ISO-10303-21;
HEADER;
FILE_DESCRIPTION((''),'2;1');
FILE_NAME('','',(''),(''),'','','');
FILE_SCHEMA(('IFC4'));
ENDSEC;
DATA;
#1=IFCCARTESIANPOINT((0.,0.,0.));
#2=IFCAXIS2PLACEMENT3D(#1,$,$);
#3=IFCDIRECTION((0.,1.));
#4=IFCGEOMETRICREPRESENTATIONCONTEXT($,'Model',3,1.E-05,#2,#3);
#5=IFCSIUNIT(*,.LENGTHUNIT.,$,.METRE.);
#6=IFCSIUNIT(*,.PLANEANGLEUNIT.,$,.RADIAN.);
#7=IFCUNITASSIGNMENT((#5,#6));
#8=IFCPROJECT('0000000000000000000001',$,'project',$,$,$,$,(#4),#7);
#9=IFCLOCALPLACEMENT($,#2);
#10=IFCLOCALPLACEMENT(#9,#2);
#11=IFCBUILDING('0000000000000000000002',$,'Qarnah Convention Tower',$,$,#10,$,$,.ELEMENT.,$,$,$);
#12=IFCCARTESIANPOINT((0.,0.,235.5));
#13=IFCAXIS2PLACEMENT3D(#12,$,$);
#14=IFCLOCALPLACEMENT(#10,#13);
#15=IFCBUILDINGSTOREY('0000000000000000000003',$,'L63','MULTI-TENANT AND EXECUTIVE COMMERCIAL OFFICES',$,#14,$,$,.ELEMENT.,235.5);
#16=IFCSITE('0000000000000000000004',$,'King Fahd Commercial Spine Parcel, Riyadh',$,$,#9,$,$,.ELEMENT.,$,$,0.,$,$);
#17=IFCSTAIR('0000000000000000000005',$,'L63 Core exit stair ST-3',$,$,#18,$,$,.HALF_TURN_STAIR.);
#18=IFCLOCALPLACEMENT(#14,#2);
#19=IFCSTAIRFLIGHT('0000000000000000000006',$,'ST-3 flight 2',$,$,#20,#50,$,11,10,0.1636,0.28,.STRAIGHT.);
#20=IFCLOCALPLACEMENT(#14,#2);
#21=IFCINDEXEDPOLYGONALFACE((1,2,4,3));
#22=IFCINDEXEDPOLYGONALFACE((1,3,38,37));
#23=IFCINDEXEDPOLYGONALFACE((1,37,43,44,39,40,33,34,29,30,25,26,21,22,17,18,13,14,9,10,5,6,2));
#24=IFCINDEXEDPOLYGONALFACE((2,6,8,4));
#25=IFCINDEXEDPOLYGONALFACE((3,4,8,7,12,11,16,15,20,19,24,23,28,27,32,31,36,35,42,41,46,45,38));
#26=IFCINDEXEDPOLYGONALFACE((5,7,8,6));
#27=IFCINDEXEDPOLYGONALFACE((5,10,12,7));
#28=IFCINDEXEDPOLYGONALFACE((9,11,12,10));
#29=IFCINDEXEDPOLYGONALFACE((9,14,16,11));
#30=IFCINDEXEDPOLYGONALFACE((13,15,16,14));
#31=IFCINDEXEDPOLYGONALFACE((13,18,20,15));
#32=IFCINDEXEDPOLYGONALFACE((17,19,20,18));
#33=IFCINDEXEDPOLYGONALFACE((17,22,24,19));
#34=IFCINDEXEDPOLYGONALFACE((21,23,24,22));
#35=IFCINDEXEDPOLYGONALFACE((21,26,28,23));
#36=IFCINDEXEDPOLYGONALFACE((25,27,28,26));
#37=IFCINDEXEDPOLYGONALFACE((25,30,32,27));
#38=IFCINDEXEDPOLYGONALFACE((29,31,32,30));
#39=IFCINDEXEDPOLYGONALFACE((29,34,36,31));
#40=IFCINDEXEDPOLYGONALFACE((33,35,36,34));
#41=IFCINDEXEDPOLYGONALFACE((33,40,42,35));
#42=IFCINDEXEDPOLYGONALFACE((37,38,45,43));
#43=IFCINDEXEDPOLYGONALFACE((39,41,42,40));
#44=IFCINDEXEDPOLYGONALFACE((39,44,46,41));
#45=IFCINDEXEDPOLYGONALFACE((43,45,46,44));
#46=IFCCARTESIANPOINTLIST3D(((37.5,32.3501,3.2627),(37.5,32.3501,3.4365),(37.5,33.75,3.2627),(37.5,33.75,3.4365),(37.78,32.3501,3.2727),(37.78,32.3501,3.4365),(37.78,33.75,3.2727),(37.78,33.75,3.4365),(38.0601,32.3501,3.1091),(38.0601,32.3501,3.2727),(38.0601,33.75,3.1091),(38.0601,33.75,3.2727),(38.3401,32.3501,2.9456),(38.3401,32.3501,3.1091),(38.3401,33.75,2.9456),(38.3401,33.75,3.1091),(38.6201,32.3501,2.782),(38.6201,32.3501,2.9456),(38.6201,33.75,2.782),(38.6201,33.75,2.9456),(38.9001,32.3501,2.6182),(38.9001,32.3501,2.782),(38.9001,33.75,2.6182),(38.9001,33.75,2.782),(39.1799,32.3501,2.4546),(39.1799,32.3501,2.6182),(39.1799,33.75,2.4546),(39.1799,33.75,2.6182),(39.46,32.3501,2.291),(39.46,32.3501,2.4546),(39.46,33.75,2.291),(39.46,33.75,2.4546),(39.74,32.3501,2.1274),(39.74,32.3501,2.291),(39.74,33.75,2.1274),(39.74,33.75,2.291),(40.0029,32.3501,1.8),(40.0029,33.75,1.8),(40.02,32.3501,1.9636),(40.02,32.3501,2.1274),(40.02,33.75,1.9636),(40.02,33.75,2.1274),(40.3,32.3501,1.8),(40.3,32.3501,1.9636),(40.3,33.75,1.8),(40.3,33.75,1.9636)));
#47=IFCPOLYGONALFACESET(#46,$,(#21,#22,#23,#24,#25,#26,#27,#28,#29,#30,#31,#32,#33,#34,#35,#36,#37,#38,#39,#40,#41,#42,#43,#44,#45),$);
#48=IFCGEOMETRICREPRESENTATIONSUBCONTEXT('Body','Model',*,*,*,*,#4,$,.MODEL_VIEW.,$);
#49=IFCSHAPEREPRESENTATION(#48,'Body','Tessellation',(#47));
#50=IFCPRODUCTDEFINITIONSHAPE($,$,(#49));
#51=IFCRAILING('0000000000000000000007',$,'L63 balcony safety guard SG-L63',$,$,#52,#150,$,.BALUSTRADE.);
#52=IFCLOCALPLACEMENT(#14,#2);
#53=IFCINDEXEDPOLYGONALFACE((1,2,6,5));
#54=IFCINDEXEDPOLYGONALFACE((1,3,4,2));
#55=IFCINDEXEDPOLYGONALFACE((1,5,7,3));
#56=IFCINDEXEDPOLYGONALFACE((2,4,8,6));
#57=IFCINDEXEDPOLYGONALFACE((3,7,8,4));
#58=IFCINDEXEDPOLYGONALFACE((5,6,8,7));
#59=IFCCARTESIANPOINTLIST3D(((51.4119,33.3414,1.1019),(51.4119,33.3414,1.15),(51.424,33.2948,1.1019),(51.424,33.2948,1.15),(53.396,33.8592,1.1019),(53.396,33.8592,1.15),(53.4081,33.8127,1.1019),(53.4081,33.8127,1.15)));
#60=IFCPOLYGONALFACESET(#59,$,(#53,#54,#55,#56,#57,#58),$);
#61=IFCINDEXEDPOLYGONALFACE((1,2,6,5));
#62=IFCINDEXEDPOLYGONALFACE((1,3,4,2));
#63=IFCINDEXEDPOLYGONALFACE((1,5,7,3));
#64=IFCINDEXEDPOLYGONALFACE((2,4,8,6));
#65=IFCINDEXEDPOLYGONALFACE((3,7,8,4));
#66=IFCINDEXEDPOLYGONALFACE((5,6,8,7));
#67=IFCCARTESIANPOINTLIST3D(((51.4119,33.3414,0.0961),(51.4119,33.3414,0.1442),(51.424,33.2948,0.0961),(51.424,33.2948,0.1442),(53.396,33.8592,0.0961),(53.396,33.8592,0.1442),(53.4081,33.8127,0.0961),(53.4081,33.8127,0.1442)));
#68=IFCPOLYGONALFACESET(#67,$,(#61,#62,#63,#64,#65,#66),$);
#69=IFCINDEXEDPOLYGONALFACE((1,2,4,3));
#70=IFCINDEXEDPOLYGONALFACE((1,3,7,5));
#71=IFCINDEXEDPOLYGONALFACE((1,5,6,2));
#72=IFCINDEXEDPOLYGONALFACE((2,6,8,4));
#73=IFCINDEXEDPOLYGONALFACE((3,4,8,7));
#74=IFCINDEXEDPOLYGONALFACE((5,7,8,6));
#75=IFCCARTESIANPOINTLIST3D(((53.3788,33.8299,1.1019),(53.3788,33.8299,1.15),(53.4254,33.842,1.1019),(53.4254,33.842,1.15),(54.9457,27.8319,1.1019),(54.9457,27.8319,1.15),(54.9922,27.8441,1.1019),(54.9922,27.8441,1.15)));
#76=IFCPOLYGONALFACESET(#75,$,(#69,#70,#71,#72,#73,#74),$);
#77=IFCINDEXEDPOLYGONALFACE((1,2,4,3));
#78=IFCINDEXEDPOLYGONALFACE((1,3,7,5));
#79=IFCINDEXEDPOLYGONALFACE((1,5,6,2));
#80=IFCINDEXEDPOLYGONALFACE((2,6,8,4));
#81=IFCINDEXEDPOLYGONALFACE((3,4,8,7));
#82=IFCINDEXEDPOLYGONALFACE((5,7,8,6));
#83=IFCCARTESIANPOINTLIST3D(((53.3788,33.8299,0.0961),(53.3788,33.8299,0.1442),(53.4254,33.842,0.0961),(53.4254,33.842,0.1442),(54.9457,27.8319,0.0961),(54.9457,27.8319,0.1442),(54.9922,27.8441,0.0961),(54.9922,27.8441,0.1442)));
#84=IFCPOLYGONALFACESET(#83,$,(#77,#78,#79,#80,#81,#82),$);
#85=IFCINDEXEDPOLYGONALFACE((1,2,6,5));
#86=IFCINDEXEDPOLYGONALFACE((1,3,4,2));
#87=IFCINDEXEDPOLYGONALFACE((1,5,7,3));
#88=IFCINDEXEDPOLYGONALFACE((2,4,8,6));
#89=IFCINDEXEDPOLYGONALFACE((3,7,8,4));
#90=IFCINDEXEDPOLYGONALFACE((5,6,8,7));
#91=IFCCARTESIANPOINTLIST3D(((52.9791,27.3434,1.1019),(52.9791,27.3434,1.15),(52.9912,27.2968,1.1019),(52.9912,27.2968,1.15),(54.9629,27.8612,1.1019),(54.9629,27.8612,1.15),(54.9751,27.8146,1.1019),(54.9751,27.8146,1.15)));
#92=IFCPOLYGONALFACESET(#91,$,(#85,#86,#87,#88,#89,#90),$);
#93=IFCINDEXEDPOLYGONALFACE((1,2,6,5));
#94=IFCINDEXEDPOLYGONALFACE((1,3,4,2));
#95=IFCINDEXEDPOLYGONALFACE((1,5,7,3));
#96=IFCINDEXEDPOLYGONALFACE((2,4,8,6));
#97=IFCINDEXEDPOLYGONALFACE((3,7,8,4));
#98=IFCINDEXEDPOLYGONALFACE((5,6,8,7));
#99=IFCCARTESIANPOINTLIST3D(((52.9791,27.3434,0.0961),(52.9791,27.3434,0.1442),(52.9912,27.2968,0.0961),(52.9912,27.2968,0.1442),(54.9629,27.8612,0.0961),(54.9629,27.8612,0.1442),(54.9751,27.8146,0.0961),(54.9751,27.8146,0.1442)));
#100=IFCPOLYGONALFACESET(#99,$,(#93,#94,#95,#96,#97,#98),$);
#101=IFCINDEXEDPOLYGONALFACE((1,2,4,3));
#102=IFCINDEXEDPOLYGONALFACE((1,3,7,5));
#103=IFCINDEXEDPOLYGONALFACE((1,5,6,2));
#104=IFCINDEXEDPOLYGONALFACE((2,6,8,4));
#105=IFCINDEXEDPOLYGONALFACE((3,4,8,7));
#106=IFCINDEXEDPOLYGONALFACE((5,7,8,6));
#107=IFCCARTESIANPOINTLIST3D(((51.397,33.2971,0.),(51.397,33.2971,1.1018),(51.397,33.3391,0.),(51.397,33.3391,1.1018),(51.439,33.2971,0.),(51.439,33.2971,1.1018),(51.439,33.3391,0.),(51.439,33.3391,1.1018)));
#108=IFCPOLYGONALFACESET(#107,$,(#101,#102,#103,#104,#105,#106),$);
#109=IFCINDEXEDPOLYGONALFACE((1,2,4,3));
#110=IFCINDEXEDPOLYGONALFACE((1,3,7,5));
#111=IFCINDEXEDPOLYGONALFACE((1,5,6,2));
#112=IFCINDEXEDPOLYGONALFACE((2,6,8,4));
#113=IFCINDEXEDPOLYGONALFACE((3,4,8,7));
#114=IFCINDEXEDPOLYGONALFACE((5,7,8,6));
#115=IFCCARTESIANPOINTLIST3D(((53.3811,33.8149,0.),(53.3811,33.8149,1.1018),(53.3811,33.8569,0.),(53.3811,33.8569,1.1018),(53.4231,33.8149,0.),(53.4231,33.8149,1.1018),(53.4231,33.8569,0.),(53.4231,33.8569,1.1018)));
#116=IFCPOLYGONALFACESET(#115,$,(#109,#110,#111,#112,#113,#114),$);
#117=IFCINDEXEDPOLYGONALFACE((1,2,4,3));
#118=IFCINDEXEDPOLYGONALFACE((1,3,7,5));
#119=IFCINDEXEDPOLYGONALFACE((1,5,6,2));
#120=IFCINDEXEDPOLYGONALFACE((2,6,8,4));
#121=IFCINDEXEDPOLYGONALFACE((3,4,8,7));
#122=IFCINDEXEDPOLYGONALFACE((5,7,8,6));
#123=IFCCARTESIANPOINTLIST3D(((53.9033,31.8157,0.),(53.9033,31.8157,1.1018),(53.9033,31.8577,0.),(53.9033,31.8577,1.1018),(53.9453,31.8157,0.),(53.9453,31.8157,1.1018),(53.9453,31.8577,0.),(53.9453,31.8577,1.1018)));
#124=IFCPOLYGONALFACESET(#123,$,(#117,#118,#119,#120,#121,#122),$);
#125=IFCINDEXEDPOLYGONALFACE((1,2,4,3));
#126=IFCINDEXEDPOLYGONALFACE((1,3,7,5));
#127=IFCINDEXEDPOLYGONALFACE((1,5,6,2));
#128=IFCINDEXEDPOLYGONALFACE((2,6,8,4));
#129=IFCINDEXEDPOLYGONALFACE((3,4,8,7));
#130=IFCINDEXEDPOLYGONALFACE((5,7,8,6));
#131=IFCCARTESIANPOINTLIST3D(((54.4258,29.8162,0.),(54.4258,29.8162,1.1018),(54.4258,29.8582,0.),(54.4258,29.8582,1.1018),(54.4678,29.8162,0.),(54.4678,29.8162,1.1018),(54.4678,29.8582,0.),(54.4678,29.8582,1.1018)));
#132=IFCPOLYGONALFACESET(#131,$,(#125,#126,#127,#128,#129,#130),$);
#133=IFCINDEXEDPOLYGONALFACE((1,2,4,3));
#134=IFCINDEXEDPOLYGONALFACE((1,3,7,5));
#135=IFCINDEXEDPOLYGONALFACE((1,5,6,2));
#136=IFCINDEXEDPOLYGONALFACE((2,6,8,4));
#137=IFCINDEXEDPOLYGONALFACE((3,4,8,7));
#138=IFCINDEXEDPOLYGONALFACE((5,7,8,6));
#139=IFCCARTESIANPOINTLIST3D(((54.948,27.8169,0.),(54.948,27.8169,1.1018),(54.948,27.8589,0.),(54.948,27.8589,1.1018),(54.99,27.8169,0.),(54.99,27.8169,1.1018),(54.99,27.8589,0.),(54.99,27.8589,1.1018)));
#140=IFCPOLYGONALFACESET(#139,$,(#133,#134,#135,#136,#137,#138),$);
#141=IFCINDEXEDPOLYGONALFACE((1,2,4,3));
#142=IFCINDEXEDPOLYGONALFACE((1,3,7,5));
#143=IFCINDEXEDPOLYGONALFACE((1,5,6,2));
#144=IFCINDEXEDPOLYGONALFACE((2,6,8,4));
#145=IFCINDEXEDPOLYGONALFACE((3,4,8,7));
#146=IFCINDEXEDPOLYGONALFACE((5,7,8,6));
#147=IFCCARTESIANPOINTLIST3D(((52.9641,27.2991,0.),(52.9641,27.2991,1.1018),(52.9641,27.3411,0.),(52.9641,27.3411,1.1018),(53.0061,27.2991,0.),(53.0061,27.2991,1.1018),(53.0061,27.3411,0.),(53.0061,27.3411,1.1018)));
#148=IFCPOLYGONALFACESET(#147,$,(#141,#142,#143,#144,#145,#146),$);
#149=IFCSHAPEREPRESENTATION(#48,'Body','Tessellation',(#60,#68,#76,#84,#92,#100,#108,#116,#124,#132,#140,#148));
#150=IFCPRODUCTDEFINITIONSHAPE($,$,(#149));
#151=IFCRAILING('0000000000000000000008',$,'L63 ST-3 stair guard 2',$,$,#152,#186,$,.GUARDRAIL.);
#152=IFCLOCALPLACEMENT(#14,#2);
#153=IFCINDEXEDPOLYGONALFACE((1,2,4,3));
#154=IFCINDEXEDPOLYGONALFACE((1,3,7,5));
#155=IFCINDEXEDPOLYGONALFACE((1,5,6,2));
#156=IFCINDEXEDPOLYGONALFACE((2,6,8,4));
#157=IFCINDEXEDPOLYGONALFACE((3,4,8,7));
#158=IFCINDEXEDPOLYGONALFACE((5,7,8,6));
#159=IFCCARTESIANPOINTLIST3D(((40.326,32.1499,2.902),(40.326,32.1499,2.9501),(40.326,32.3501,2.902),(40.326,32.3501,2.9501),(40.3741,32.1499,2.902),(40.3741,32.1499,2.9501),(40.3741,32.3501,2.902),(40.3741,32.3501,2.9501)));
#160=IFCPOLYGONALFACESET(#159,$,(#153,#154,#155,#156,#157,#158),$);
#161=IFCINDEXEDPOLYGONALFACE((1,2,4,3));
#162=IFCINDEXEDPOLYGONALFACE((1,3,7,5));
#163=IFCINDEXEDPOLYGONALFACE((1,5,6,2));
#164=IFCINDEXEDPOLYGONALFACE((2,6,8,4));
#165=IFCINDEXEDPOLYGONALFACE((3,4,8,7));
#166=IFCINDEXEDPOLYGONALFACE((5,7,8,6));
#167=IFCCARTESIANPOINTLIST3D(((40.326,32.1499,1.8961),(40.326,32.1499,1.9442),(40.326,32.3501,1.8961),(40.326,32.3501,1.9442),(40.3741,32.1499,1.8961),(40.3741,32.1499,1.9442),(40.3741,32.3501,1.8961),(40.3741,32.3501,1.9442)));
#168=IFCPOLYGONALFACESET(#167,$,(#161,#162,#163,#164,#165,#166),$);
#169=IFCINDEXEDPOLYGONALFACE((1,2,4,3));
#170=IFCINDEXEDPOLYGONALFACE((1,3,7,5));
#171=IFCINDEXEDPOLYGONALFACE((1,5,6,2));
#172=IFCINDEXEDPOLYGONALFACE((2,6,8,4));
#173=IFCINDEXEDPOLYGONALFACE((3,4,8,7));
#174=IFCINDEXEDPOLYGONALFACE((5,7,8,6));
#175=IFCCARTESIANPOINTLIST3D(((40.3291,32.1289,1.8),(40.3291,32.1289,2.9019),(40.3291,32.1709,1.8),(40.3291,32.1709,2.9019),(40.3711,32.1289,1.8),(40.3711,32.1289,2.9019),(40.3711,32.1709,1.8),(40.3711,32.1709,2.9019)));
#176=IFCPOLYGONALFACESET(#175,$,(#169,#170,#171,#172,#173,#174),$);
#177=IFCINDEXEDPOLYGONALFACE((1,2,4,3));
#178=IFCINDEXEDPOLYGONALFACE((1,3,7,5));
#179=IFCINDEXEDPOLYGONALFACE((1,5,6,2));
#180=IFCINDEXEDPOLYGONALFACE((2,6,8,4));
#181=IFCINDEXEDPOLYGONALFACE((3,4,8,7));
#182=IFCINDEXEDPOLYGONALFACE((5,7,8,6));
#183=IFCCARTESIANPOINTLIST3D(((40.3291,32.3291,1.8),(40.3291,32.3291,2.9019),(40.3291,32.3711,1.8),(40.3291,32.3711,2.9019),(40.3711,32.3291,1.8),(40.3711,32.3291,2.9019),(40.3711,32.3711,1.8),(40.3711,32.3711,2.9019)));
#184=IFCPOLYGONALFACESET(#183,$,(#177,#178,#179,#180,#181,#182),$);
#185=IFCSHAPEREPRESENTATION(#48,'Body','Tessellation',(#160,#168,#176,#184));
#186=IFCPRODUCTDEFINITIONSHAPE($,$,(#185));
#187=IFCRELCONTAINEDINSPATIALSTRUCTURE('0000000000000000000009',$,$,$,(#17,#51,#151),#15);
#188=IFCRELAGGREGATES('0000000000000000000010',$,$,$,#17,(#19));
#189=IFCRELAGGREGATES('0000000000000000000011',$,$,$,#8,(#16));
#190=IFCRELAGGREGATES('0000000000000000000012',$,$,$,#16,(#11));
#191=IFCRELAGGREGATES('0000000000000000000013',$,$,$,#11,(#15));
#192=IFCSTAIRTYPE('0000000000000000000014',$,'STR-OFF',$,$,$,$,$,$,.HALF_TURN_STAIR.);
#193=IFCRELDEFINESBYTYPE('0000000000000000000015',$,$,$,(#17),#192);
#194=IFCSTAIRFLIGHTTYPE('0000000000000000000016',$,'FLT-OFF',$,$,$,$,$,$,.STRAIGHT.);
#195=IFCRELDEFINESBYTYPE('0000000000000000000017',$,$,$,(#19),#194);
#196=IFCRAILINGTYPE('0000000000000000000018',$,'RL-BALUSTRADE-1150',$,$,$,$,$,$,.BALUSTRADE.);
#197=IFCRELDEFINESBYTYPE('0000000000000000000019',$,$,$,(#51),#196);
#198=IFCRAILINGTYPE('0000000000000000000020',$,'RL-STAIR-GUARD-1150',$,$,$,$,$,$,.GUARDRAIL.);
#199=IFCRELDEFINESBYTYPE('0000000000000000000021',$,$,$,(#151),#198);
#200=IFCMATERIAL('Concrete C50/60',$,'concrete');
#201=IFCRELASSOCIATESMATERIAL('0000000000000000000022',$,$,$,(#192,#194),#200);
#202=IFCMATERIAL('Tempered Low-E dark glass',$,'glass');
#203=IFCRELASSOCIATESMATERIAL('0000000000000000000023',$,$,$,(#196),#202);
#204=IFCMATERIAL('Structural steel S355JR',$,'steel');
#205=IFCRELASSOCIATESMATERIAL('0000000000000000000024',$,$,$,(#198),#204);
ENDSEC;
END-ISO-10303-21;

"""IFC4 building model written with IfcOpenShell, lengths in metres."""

from ifc_helpers import new_model, si_unit, direction, frame, origin, origin_2d, place, context, subcontext, project, spatial, polyline, rectangle, outline, extrude, material, type_object, element, aggregate, save


model = new_model("IFC4")

# Units and contexts
model_context = context("Model", 3, precision=1e-05, world=origin(), true_north=direction((0.0, 1.0)))
body_context = subcontext(model_context, "Body", "Model", "MODEL_VIEW")
ifc_project = project(units=[si_unit("LENGTHUNIT", "METRE"), si_unit("PLANEANGLEUNIT", "RADIAN")], contexts=[model_context])

# Site, building, storey
site_placement = place(None, origin())
site = spatial("IfcSite", under=ifc_project, at=site_placement, Name="King Fahd Commercial Spine Parcel, Riyadh", CompositionType="ELEMENT", RefElevation=0.0)
building_placement = place(site_placement, origin())
building = spatial("IfcBuilding", under=site, at=building_placement, Name="Qarnah Convention Tower", CompositionType="ELEMENT")
storey_placement = place(building_placement, frame((0.0, 0.0, 235.5)))
storey = spatial("IfcBuildingStorey", under=building, at=storey_placement, Name="L63", Description="MULTI-TENANT AND EXECUTIVE COMMERCIAL OFFICES", CompositionType="ELEMENT", Elevation=235.5)

# Shared definitions
ifc_material_1 = material(Name="Concrete C50/60", Category="concrete")

# Shared definitions
ifc_material_2 = material(Name="Structural steel S355JR", Category="steel")

# Shared definitions
ifc_material_3 = material(Name="Tempered Low-E dark glass", Category="glass")

# Stair, stair flight
stair_type = type_object("IfcStairType", Name="STR-OFF", PredefinedType="HALF_TURN_STAIR", material=ifc_material_1)
stair_placement = place(storey_placement, origin())
stair = element("IfcStair", 1, at=stair_placement, inside=storey, type_object=stair_type, Name="L63 Core exit stair ST-3", PredefinedType="HALF_TURN_STAIR")
stair_flight_type = type_object("IfcStairFlightType", Name="FLT-OFF", PredefinedType="STRAIGHT", material=ifc_material_1)
stair_flight_placement = place(storey_placement, frame((40.3, 33.05, 1.8), z_axis=(0.0, 0.0, 1.0), x_axis=(-1.0, 0.0, 0.0)))
stair_flight = element("IfcStairFlight", 2, at=stair_flight_placement, type_object=stair_flight_type, Name="ST-3 flight 2", NumberOfRisers=11, NumberOfTreads=10, PredefinedType="STRAIGHT", RiserHeight=0.1636, TreadLength=0.28, context=body_context, shape_type="SweptSolid", body=[
    extrude(outline(polyline([(0.0, 0.0), (0.0, 0.1636), (0.28, 0.1636), (0.28, 0.3274), (0.5601, 0.3274), (0.5601, 0.491), (0.8401, 0.491), (0.8401, 0.6545), (1.1201, 0.6545), (1.1201, 0.8181), (1.3999, 0.8181), (1.3999, 0.9819), (1.6799, 0.9819), (1.6799, 1.1455), (1.96, 1.1455), (1.96, 1.3091), (2.24, 1.3091), (2.24, 1.4727), (2.52, 1.4727), (2.52, 1.6365), (2.8, 1.6365), (2.8, 1.8), (2.8, 1.4626), (0.2971, 0.0), (0.0, 0.0)])), frame((0.0, 0.7, 0.0), z_axis=(0.0, -1.0, 0.0), x_axis=(1.0, 0.0, 0.0)), (0.0, 0.0, 1.0), 1.3999),
])
aggregate(stair, [stair_flight])

# Railings
railing_type_1 = type_object("IfcRailingType", Name="RL-BALUSTRADE-1150", PredefinedType="BALUSTRADE", material=ifc_material_3)
railing_1_placement = place(storey_placement, frame((51.418, 33.3181, 0.0)))
element("IfcRailing", 3, at=railing_1_placement, inside=storey, type_object=railing_type_1, Name="L63 balcony safety guard SG-L63", PredefinedType="BALUSTRADE", context=body_context, shape_type="SweptSolid", body=[
    extrude(rectangle(XDim=0.0481, YDim=0.0481, at=origin_2d()), frame((0.0, 0.0, 1.126), z_axis=(0.967591, 0.252524, 0.0), x_axis=(-0.252524, 0.967591, 0.0)), (0.0, 0.0, 1.0), 2.0505),
    extrude(rectangle(XDim=0.0481, YDim=0.0481, at=origin_2d()), frame((0.0, 0.0, 0.1201), z_axis=(0.967591, 0.252524, 0.0), x_axis=(-0.252524, 0.967591, 0.0)), (0.0, 0.0, 1.0), 2.0505),
    extrude(rectangle(XDim=0.0481, YDim=0.0481, at=origin_2d()), frame((1.9841, 0.5178, 1.126), z_axis=(0.252752, -0.967531, 0.0), x_axis=(0.967531, 0.252752, 0.0)), (0.0, 0.0, 1.0), 6.1992),
    extrude(rectangle(XDim=0.0481, YDim=0.0481, at=origin_2d()), frame((1.9841, 0.5178, 0.1201), z_axis=(0.252752, -0.967531, 0.0), x_axis=(0.967531, 0.252752, 0.0)), (0.0, 0.0, 1.0), 6.1992),
    extrude(rectangle(XDim=0.0481, YDim=0.0481, at=origin_2d()), frame((3.551, -5.4802, 1.126), z_axis=(-0.967583, -0.252553, 0.0), x_axis=(0.252553, -0.967583, 0.0)), (0.0, 0.0, 1.0), 2.0503),
    extrude(rectangle(XDim=0.0481, YDim=0.0481, at=origin_2d()), frame((3.551, -5.4802, 0.1201), z_axis=(-0.967583, -0.252553, 0.0), x_axis=(0.252553, -0.967583, 0.0)), (0.0, 0.0, 1.0), 2.0503),
    extrude(rectangle(XDim=0.042, YDim=0.042, at=origin_2d()), origin(), (0.0, 0.0, 1.0), 1.1018),
    extrude(rectangle(XDim=0.042, YDim=0.042, at=origin_2d()), frame((1.9841, 0.5178, 0.0)), (0.0, 0.0, 1.0), 1.1018),
    extrude(rectangle(XDim=0.042, YDim=0.042, at=origin_2d()), frame((2.5063, -1.4814, 0.0)), (0.0, 0.0, 1.0), 1.1018),
    extrude(rectangle(XDim=0.042, YDim=0.042, at=origin_2d()), frame((3.0288, -3.481, 0.0)), (0.0, 0.0, 1.0), 1.1018),
    extrude(rectangle(XDim=0.042, YDim=0.042, at=origin_2d()), frame((3.551, -5.4802, 0.0)), (0.0, 0.0, 1.0), 1.1018),
    extrude(rectangle(XDim=0.042, YDim=0.042, at=origin_2d()), frame((1.5671, -5.998, 0.0)), (0.0, 0.0, 1.0), 1.1018),
])
railing_type_2 = type_object("IfcRailingType", Name="RL-STAIR-GUARD-1150", PredefinedType="GUARDRAIL", material=ifc_material_2)
railing_2_placement = place(storey_placement, frame((40.3501, 32.1499, 1.8)))
element("IfcRailing", 4, at=railing_2_placement, inside=storey, type_object=railing_type_2, Name="L63 ST-3 stair guard 2", PredefinedType="GUARDRAIL", context=body_context, shape_type="SweptSolid", body=[
    extrude(rectangle(XDim=0.0481, YDim=0.0481, at=origin_2d()), frame((0.0, 0.0, 1.126), z_axis=(0.0, 1.0, 0.0), x_axis=(-1.0, 0.0, 0.0)), (0.0, 0.0, 1.0), 0.2002),
    extrude(rectangle(XDim=0.0481, YDim=0.0481, at=origin_2d()), frame((0.0, 0.0, 0.1201), z_axis=(0.0, 1.0, 0.0), x_axis=(-1.0, 0.0, 0.0)), (0.0, 0.0, 1.0), 0.2002),
    extrude(rectangle(XDim=0.042, YDim=0.042, at=origin_2d()), origin(), (0.0, 0.0, 1.0), 1.1018),
    extrude(rectangle(XDim=0.042, YDim=0.042, at=origin_2d()), frame((0.0, 0.2002, 0.0)), (0.0, 0.0, 1.0), 1.1018),
])

save(model, "model.ifc")
